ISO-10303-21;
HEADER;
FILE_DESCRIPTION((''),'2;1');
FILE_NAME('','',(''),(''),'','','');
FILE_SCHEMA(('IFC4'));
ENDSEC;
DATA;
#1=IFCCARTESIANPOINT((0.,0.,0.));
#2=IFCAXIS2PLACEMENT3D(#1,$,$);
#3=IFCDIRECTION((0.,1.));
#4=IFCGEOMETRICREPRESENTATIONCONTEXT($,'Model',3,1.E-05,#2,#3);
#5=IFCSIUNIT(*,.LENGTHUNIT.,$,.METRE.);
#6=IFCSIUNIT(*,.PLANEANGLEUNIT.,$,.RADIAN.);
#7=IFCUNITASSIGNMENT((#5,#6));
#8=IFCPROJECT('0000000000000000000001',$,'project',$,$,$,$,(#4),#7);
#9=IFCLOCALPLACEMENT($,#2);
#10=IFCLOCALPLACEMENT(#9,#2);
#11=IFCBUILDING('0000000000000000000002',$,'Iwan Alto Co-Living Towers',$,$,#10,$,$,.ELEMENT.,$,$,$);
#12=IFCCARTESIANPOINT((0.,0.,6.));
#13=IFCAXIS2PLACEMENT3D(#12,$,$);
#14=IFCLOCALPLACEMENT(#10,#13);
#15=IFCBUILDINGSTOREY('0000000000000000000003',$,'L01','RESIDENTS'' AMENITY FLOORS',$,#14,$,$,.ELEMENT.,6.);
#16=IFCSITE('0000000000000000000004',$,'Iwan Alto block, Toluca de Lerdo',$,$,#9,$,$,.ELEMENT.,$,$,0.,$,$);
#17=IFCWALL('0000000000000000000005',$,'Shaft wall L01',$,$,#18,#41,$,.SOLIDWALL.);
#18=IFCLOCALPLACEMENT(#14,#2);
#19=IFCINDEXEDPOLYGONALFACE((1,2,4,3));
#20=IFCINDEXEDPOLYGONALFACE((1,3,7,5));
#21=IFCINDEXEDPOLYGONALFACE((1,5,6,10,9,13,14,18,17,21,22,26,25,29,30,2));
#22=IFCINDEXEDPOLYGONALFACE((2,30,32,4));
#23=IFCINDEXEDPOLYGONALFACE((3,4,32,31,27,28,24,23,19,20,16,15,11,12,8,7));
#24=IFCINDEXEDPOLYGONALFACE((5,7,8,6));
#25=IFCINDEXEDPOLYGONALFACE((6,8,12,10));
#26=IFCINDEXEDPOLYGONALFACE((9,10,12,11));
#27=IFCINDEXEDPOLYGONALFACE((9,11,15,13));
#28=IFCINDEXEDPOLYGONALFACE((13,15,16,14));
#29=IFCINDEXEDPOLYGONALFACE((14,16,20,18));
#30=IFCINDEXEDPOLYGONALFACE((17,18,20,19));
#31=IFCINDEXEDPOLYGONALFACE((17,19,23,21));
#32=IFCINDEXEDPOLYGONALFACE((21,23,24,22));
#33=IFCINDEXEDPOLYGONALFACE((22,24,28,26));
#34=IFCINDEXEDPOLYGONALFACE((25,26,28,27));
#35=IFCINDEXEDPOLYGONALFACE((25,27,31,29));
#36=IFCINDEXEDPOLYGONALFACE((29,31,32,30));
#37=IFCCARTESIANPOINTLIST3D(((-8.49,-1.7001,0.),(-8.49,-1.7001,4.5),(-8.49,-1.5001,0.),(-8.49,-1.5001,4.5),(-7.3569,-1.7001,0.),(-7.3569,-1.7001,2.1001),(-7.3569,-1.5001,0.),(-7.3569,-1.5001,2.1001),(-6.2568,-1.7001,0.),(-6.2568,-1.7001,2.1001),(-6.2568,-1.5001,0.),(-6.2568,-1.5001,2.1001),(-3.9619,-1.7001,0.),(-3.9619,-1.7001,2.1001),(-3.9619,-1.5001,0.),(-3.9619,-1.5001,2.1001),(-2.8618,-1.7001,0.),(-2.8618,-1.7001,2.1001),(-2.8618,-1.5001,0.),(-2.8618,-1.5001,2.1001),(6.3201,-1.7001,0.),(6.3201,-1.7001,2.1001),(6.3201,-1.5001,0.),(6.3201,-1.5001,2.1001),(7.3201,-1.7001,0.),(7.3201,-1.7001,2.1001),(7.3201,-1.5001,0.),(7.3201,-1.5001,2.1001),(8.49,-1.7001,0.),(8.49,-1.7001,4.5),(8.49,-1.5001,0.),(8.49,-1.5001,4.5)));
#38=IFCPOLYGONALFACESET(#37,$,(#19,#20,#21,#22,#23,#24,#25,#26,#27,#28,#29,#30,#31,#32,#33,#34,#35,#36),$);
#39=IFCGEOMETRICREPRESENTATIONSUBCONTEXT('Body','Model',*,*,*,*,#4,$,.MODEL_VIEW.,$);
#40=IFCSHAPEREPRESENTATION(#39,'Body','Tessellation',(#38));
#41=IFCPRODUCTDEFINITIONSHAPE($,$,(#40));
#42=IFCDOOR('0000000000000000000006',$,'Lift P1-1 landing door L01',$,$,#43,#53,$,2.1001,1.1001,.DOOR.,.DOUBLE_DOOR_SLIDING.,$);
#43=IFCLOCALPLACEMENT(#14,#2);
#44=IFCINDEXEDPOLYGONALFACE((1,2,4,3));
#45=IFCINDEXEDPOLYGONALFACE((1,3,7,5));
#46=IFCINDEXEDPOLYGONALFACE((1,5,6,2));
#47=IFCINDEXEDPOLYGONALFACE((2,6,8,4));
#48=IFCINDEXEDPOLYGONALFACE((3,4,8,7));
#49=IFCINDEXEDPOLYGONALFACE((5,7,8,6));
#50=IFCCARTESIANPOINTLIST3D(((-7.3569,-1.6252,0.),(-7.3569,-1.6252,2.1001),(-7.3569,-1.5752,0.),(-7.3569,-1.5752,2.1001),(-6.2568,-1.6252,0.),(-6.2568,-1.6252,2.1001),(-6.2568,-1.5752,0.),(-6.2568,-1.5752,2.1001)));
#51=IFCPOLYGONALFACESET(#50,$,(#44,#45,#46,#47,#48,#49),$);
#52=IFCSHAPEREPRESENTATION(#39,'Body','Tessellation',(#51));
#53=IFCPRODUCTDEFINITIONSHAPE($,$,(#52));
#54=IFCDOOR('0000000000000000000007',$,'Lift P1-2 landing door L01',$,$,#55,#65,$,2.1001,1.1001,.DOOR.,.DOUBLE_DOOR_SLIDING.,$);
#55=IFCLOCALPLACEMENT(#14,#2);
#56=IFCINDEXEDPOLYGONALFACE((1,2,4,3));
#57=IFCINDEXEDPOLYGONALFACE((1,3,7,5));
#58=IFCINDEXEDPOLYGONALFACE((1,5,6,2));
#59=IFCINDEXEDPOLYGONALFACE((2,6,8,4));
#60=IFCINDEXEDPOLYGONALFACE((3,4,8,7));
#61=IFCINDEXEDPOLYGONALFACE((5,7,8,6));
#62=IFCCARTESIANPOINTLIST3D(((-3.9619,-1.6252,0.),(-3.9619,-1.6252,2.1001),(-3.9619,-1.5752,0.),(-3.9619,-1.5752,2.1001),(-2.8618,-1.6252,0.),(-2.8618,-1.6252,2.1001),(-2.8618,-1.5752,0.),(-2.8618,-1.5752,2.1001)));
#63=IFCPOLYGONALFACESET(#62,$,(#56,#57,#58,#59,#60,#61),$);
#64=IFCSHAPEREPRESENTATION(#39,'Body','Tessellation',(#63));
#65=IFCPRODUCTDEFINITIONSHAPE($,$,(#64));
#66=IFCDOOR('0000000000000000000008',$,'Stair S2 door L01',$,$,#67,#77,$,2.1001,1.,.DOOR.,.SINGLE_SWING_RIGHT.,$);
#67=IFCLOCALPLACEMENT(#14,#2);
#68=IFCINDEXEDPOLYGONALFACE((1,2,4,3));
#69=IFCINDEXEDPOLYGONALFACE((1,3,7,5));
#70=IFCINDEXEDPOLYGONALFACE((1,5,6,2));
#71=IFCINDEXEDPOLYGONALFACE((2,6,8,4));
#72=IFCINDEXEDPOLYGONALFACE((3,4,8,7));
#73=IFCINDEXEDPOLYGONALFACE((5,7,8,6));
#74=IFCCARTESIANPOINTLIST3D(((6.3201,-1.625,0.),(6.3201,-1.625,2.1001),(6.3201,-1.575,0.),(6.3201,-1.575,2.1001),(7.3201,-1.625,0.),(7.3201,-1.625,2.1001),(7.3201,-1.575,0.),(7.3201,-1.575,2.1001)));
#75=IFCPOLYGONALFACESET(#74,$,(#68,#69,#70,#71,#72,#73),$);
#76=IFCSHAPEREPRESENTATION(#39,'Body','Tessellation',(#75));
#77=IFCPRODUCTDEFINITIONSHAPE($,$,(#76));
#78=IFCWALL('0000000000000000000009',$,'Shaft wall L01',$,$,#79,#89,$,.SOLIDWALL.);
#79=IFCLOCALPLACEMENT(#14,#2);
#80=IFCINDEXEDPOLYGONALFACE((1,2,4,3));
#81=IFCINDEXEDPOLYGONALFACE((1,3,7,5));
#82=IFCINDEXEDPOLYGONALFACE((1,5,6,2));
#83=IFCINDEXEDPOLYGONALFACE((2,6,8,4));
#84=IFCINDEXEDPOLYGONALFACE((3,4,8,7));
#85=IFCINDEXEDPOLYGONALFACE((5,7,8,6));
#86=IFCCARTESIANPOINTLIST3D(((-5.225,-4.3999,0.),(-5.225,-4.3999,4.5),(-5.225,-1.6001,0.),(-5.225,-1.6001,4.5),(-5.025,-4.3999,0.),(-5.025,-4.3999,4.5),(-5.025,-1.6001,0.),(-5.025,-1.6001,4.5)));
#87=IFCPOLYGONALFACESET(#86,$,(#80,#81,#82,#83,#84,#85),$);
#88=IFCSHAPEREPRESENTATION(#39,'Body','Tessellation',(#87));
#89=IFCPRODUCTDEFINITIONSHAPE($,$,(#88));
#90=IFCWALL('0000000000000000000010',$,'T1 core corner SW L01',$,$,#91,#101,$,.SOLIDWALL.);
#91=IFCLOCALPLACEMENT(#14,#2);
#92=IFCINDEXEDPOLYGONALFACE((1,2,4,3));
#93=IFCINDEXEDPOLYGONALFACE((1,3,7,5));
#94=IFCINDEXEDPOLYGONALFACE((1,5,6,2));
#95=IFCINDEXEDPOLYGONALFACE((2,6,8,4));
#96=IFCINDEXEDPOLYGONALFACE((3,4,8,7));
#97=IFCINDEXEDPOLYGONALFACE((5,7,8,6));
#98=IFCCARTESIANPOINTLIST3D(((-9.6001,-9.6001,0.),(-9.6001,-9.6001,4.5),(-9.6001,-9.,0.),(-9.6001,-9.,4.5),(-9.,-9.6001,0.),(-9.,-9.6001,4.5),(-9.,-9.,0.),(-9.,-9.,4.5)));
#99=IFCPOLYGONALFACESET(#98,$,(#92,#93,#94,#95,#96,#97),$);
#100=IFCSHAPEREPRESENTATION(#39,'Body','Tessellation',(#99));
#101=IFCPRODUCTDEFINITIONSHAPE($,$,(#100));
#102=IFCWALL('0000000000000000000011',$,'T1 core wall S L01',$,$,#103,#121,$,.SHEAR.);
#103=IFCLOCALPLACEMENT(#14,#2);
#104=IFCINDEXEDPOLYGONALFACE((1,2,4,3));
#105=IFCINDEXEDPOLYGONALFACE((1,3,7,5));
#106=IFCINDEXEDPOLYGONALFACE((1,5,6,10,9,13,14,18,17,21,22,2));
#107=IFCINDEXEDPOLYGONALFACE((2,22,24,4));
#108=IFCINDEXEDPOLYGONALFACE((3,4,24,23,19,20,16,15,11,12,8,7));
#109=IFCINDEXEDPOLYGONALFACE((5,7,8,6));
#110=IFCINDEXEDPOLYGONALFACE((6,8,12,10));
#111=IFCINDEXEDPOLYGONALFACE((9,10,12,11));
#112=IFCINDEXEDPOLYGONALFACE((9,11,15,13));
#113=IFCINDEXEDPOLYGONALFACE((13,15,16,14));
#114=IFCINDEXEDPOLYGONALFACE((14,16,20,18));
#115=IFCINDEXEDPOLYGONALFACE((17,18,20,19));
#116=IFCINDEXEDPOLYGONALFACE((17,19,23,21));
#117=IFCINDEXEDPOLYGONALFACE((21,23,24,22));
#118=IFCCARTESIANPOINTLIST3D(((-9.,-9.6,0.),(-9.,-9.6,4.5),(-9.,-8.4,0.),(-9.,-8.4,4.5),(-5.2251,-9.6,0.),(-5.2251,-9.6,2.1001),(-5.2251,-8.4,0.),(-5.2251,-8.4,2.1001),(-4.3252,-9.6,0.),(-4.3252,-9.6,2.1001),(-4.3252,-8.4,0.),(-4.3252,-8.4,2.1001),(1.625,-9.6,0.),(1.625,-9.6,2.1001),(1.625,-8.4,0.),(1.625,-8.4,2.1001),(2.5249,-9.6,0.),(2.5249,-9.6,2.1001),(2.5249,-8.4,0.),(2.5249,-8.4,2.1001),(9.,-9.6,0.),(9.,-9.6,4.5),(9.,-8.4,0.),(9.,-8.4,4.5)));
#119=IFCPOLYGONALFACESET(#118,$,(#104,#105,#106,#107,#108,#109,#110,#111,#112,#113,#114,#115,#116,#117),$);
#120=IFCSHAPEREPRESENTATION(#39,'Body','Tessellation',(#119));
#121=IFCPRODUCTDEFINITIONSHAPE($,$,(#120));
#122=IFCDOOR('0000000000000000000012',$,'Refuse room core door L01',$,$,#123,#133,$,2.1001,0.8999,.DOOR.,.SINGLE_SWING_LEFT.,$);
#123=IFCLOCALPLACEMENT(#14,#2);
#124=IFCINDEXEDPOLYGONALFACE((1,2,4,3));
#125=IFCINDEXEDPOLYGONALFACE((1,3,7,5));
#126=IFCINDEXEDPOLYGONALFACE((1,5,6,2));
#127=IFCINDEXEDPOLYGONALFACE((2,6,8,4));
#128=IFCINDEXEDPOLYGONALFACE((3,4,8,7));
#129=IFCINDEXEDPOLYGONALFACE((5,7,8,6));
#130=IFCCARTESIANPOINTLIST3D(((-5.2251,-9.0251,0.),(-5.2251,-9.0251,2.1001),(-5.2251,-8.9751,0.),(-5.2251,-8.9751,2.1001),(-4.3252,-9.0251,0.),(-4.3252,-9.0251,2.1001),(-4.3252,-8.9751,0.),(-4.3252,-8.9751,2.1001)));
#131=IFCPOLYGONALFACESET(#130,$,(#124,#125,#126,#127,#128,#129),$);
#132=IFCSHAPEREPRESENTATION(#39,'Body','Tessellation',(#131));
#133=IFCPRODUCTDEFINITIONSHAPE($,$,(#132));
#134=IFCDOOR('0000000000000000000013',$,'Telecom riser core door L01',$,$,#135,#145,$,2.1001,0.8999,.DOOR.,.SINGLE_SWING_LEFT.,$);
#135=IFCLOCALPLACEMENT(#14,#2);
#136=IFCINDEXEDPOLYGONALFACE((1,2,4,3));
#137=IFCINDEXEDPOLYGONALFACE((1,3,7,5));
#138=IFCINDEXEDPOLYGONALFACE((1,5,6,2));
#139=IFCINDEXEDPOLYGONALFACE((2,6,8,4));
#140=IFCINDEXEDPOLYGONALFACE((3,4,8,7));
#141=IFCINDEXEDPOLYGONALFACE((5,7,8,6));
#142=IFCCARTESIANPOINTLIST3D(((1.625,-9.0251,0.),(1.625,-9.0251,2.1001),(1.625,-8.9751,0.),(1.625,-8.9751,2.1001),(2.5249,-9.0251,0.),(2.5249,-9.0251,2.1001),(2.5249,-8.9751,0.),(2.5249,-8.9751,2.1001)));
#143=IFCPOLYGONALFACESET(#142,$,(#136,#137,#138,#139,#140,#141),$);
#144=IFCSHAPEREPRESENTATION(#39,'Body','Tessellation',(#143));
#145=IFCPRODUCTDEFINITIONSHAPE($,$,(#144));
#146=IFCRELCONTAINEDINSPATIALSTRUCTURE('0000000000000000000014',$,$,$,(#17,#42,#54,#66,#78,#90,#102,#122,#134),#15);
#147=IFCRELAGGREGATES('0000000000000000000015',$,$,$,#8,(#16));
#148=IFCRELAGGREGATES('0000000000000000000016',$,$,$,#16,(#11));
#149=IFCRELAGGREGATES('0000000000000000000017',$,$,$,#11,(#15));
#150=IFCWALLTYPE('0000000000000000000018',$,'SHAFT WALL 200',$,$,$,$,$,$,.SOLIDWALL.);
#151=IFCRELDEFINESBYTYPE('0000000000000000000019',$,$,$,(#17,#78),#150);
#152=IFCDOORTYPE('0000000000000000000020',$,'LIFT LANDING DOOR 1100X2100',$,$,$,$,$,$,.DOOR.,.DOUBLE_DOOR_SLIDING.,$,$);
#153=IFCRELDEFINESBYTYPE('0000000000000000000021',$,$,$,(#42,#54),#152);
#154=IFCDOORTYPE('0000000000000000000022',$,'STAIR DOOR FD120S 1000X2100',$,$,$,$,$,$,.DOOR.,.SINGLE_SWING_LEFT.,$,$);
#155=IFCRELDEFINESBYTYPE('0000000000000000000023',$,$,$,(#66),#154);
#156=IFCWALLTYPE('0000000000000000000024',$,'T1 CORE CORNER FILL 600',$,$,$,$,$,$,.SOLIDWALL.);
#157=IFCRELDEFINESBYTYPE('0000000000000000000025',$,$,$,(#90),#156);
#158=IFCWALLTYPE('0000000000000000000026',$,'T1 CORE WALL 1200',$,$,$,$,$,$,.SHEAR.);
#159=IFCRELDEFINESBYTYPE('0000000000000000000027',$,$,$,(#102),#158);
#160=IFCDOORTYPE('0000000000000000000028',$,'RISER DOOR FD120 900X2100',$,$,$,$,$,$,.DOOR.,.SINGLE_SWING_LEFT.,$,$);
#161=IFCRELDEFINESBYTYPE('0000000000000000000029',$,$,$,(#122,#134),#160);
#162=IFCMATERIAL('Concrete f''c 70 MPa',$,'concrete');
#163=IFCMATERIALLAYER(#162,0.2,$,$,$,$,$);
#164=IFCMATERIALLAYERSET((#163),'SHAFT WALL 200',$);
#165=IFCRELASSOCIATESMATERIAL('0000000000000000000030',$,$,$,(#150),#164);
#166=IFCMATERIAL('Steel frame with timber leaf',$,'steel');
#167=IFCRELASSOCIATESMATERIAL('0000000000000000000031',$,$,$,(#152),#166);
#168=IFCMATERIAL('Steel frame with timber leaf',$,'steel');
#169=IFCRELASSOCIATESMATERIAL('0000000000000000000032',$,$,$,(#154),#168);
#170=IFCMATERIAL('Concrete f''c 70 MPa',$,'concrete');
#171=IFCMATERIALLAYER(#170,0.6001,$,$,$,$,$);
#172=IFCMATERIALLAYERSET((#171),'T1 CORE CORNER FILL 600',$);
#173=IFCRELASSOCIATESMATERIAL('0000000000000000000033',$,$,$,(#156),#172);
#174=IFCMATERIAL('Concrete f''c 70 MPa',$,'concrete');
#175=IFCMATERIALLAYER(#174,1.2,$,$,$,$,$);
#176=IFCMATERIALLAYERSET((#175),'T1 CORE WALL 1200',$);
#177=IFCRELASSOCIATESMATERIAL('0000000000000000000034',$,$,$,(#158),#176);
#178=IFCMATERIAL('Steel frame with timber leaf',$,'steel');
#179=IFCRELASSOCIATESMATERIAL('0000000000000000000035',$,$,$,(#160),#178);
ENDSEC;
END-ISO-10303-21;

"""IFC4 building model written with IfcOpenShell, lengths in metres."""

from ifc_helpers import new_model, si_unit, direction, frame, frame_2d, origin, place, context, subcontext, project, spatial, rectangle, extrude, material, layer, layer_set, type_object, element, fill, save


model = new_model("IFC4")

# Units and contexts
model_context = context("Model", 3, precision=1e-05, world=origin(), true_north=direction((0.0, 1.0)))
body_context = subcontext(model_context, "Body", "Model", "MODEL_VIEW")
ifc_project = project(units=[si_unit("LENGTHUNIT", "METRE"), si_unit("PLANEANGLEUNIT", "RADIAN")], contexts=[model_context])

# Site, building, storey
site_placement = place(None, origin())
site = spatial("IfcSite", under=ifc_project, at=site_placement, Name="Iwan Alto block, Toluca de Lerdo", CompositionType="ELEMENT", RefElevation=0.0)
building_placement = place(site_placement, origin())
building = spatial("IfcBuilding", under=site, at=building_placement, Name="Iwan Alto Co-Living Towers", CompositionType="ELEMENT")
storey_placement = place(building_placement, frame((0.0, 0.0, 6.0)))
storey = spatial("IfcBuildingStorey", under=building, at=storey_placement, Name="L01", Description="RESIDENTS' AMENITY FLOORS", CompositionType="ELEMENT", Elevation=6.0)

# Shared definitions
ifc_material_1 = material(Name="Concrete f'c 70 MPa", Category="concrete")
ifc_layer_1 = layer(ifc_material_1, 0.2)
ifc_layer_set_1 = layer_set([ifc_layer_1], Name="SHAFT WALL 200")
wall_type_1 = type_object("IfcWallType", Name="SHAFT WALL 200", PredefinedType="SOLIDWALL", material=ifc_layer_set_1)

# Wall, openings, doors
wall_1_placement = place(storey_placement, frame((-8.49, -1.6001, 0.0), z_axis=(0.0, 0.0, 1.0), x_axis=(1.0, 0.0, 0.0)))
wall_1 = element("IfcWall", 1, at=wall_1_placement, inside=storey, type_object=wall_type_1, Name="Shaft wall L01", PredefinedType="SOLIDWALL", context=body_context, shape_type="SweptSolid", body=[
    extrude(rectangle(XDim=16.98, YDim=0.2, at=frame_2d((8.49, 0.0))), origin(), (0.0, 0.0, 1.0), 4.5),
])
opening_1_placement = place(wall_1_placement, frame((14.8101, 0.0, 0.0)))
opening_1 = element("IfcOpeningElement", 2, at=opening_1_placement, cuts=wall_1, PredefinedType="OPENING", context=body_context, shape_type="SweptSolid", body=[
    extrude(rectangle(XDim=1.0, YDim=2.1001, at=frame_2d((0.5, 1.05))), frame((0.0, 0.1099, 0.0), z_axis=(0.0, -1.0, 0.0), x_axis=(1.0, 0.0, 0.0)), (0.0, 0.0, 1.0), 0.22),
])
opening_2_placement = place(wall_1_placement, frame((1.1331, 0.0, 0.0)))
opening_2 = element("IfcOpeningElement", 3, at=opening_2_placement, cuts=wall_1, PredefinedType="OPENING", context=body_context, shape_type="SweptSolid", body=[
    extrude(rectangle(XDim=1.1001, YDim=2.1001, at=frame_2d((0.55, 1.05))), frame((0.0, 0.1099, 0.0), z_axis=(0.0, -1.0, 0.0), x_axis=(1.0, 0.0, 0.0)), (0.0, 0.0, 1.0), 0.22),
])
opening_3_placement = place(wall_1_placement, frame((4.5281, 0.0, 0.0)))
opening_3 = element("IfcOpeningElement", 4, at=opening_3_placement, cuts=wall_1, PredefinedType="OPENING", context=body_context, shape_type="SweptSolid", body=[
    extrude(rectangle(XDim=1.1001, YDim=2.1001, at=frame_2d((0.55, 1.05))), frame((0.0, 0.1099, 0.0), z_axis=(0.0, -1.0, 0.0), x_axis=(1.0, 0.0, 0.0)), (0.0, 0.0, 1.0), 0.22),
])
ifc_material_2 = material(Name="Steel frame with timber leaf", Category="steel")
door_type_1 = type_object("IfcDoorType", Name="LIFT LANDING DOOR 1100X2100", OperationType="DOUBLE_DOOR_SLIDING", PredefinedType="DOOR", material=ifc_material_2)
door_1_placement = place(opening_2_placement, origin())
door_1 = element("IfcDoor", 5, at=door_1_placement, inside=storey, type_object=door_type_1, Name="Lift P1-1 landing door L01", OperationType="DOUBLE_DOOR_SLIDING", OverallHeight=2.1001, OverallWidth=1.1001, PredefinedType="DOOR", context=body_context, shape_type="SweptSolid", body=[
    extrude(rectangle(XDim=1.1001, YDim=2.1001, at=frame_2d((0.55, 1.05))), frame((0.0, 0.0249, 0.0), z_axis=(0.0, -1.0, 0.0), x_axis=(1.0, 0.0, 0.0)), (0.0, 0.0, 1.0), 0.05),
])
fill(opening_2, door_1)
door_2_placement = place(opening_3_placement, origin())
door_2 = element("IfcDoor", 6, at=door_2_placement, inside=storey, type_object=door_type_1, Name="Lift P1-2 landing door L01", OperationType="DOUBLE_DOOR_SLIDING", OverallHeight=2.1001, OverallWidth=1.1001, PredefinedType="DOOR", context=body_context, shape_type="SweptSolid", body=[
    extrude(rectangle(XDim=1.1001, YDim=2.1001, at=frame_2d((0.55, 1.05))), frame((0.0, 0.0249, 0.0), z_axis=(0.0, -1.0, 0.0), x_axis=(1.0, 0.0, 0.0)), (0.0, 0.0, 1.0), 0.05),
])
fill(opening_3, door_2)
ifc_material_3 = material(Name="Steel frame with timber leaf", Category="steel")
door_type_2 = type_object("IfcDoorType", Name="STAIR DOOR FD120S 1000X2100", OperationType="SINGLE_SWING_LEFT", PredefinedType="DOOR", material=ifc_material_3)
door_3_placement = place(opening_1_placement, frame((1.0, 0.0, 0.0), z_axis=(0.0, 0.0, 1.0), x_axis=(-1.0, 0.0, 0.0)))
door_3 = element("IfcDoor", 7, at=door_3_placement, inside=storey, type_object=door_type_2, Name="Stair S2 door L01", OperationType="SINGLE_SWING_RIGHT", OverallHeight=2.1001, OverallWidth=1.0, PredefinedType="DOOR", context=body_context, shape_type="SweptSolid", body=[
    extrude(rectangle(XDim=1.0, YDim=2.1001, at=frame_2d((0.5, 1.05))), frame((0.0, 0.0249, 0.0), z_axis=(0.0, -1.0, 0.0), x_axis=(1.0, 0.0, 0.0)), (0.0, 0.0, 1.0), 0.05),
])
fill(opening_1, door_3)

# Walls
wall_2_placement = place(storey_placement, frame((-5.125, -4.3999, 0.0), z_axis=(0.0, 0.0, 1.0), x_axis=(0.0, 1.0, 0.0)))
element("IfcWall", 8, at=wall_2_placement, inside=storey, type_object=wall_type_1, Name="Shaft wall L01", PredefinedType="SOLIDWALL", context=body_context, shape_type="SweptSolid", body=[
    extrude(rectangle(XDim=2.7998, YDim=0.2, at=frame_2d((1.3999, 0.0))), origin(), (0.0, 0.0, 1.0), 4.5),
])
ifc_material_4 = material(Name="Concrete f'c 70 MPa", Category="concrete")
ifc_layer_2 = layer(ifc_material_4, 0.6001)
ifc_layer_set_2 = layer_set([ifc_layer_2], Name="T1 CORE CORNER FILL 600")
wall_type_2 = type_object("IfcWallType", Name="T1 CORE CORNER FILL 600", PredefinedType="SOLIDWALL", material=ifc_layer_set_2)
wall_3_placement = place(storey_placement, frame((-9.6001, -9.3, 0.0), z_axis=(0.0, 0.0, 1.0), x_axis=(1.0, 0.0, 0.0)))
element("IfcWall", 9, at=wall_3_placement, inside=storey, type_object=wall_type_2, Name="T1 core corner SW L01", PredefinedType="SOLIDWALL", context=body_context, shape_type="SweptSolid", body=[
    extrude(rectangle(XDim=0.6001, YDim=0.6001, at=frame_2d((0.3, 0.0))), origin(), (0.0, 0.0, 1.0), 4.5),
])

# Wall, openings, doors
ifc_material_5 = material(Name="Concrete f'c 70 MPa", Category="concrete")
ifc_layer_3 = layer(ifc_material_5, 1.2)
ifc_layer_set_3 = layer_set([ifc_layer_3], Name="T1 CORE WALL 1200")
wall_type_3 = type_object("IfcWallType", Name="T1 CORE WALL 1200", PredefinedType="SHEAR", material=ifc_layer_set_3)
wall_4_placement = place(storey_placement, frame((-9.0, -9.0, 0.0), z_axis=(0.0, 0.0, 1.0), x_axis=(1.0, 0.0, 0.0)))
wall_4 = element("IfcWall", 10, at=wall_4_placement, inside=storey, type_object=wall_type_3, Name="T1 core wall S L01", PredefinedType="SHEAR", context=body_context, shape_type="SweptSolid", body=[
    extrude(rectangle(XDim=18.0, YDim=1.2, at=frame_2d((9.0, 0.0))), origin(), (0.0, 0.0, 1.0), 4.5),
])
opening_4_placement = place(wall_4_placement, frame((3.7749, 0.0, 0.0)))
opening_4 = element("IfcOpeningElement", 11, at=opening_4_placement, cuts=wall_4, PredefinedType="OPENING", context=body_context, shape_type="SweptSolid", body=[
    extrude(rectangle(XDim=0.8999, YDim=2.1001, at=frame_2d((0.45, 1.05))), frame((0.0, 0.6099, 0.0), z_axis=(0.0, -1.0, 0.0), x_axis=(1.0, 0.0, 0.0)), (0.0, 0.0, 1.0), 1.22),
])
opening_5_placement = place(wall_4_placement, frame((10.625, 0.0, 0.0)))
opening_5 = element("IfcOpeningElement", 12, at=opening_5_placement, cuts=wall_4, PredefinedType="OPENING", context=body_context, shape_type="SweptSolid", body=[
    extrude(rectangle(XDim=0.8999, YDim=2.1001, at=frame_2d((0.45, 1.05))), frame((0.0, 0.6099, 0.0), z_axis=(0.0, -1.0, 0.0), x_axis=(1.0, 0.0, 0.0)), (0.0, 0.0, 1.0), 1.22),
])
ifc_material_6 = material(Name="Steel frame with timber leaf", Category="steel")
door_type_3 = type_object("IfcDoorType", Name="RISER DOOR FD120 900X2100", OperationType="SINGLE_SWING_LEFT", PredefinedType="DOOR", material=ifc_material_6)
door_4_placement = place(opening_4_placement, origin())
door_4 = element("IfcDoor", 13, at=door_4_placement, inside=storey, type_object=door_type_3, Name="Refuse room core door L01", OperationType="SINGLE_SWING_LEFT", OverallHeight=2.1001, OverallWidth=0.8999, PredefinedType="DOOR", context=body_context, shape_type="SweptSolid", body=[
    extrude(rectangle(XDim=0.8999, YDim=2.1001, at=frame_2d((0.45, 1.05))), frame((0.0, 0.0249, 0.0), z_axis=(0.0, -1.0, 0.0), x_axis=(1.0, 0.0, 0.0)), (0.0, 0.0, 1.0), 0.05),
])
fill(opening_4, door_4)
door_5_placement = place(opening_5_placement, origin())
door_5 = element("IfcDoor", 14, at=door_5_placement, inside=storey, type_object=door_type_3, Name="Telecom riser core door L01", OperationType="SINGLE_SWING_LEFT", OverallHeight=2.1001, OverallWidth=0.8999, PredefinedType="DOOR", context=body_context, shape_type="SweptSolid", body=[
    extrude(rectangle(XDim=0.8999, YDim=2.1001, at=frame_2d((0.45, 1.05))), frame((0.0, 0.0249, 0.0), z_axis=(0.0, -1.0, 0.0), x_axis=(1.0, 0.0, 0.0)), (0.0, 0.0, 1.0), 0.05),
])
fill(opening_5, door_5)

save(model, "model.ifc")
